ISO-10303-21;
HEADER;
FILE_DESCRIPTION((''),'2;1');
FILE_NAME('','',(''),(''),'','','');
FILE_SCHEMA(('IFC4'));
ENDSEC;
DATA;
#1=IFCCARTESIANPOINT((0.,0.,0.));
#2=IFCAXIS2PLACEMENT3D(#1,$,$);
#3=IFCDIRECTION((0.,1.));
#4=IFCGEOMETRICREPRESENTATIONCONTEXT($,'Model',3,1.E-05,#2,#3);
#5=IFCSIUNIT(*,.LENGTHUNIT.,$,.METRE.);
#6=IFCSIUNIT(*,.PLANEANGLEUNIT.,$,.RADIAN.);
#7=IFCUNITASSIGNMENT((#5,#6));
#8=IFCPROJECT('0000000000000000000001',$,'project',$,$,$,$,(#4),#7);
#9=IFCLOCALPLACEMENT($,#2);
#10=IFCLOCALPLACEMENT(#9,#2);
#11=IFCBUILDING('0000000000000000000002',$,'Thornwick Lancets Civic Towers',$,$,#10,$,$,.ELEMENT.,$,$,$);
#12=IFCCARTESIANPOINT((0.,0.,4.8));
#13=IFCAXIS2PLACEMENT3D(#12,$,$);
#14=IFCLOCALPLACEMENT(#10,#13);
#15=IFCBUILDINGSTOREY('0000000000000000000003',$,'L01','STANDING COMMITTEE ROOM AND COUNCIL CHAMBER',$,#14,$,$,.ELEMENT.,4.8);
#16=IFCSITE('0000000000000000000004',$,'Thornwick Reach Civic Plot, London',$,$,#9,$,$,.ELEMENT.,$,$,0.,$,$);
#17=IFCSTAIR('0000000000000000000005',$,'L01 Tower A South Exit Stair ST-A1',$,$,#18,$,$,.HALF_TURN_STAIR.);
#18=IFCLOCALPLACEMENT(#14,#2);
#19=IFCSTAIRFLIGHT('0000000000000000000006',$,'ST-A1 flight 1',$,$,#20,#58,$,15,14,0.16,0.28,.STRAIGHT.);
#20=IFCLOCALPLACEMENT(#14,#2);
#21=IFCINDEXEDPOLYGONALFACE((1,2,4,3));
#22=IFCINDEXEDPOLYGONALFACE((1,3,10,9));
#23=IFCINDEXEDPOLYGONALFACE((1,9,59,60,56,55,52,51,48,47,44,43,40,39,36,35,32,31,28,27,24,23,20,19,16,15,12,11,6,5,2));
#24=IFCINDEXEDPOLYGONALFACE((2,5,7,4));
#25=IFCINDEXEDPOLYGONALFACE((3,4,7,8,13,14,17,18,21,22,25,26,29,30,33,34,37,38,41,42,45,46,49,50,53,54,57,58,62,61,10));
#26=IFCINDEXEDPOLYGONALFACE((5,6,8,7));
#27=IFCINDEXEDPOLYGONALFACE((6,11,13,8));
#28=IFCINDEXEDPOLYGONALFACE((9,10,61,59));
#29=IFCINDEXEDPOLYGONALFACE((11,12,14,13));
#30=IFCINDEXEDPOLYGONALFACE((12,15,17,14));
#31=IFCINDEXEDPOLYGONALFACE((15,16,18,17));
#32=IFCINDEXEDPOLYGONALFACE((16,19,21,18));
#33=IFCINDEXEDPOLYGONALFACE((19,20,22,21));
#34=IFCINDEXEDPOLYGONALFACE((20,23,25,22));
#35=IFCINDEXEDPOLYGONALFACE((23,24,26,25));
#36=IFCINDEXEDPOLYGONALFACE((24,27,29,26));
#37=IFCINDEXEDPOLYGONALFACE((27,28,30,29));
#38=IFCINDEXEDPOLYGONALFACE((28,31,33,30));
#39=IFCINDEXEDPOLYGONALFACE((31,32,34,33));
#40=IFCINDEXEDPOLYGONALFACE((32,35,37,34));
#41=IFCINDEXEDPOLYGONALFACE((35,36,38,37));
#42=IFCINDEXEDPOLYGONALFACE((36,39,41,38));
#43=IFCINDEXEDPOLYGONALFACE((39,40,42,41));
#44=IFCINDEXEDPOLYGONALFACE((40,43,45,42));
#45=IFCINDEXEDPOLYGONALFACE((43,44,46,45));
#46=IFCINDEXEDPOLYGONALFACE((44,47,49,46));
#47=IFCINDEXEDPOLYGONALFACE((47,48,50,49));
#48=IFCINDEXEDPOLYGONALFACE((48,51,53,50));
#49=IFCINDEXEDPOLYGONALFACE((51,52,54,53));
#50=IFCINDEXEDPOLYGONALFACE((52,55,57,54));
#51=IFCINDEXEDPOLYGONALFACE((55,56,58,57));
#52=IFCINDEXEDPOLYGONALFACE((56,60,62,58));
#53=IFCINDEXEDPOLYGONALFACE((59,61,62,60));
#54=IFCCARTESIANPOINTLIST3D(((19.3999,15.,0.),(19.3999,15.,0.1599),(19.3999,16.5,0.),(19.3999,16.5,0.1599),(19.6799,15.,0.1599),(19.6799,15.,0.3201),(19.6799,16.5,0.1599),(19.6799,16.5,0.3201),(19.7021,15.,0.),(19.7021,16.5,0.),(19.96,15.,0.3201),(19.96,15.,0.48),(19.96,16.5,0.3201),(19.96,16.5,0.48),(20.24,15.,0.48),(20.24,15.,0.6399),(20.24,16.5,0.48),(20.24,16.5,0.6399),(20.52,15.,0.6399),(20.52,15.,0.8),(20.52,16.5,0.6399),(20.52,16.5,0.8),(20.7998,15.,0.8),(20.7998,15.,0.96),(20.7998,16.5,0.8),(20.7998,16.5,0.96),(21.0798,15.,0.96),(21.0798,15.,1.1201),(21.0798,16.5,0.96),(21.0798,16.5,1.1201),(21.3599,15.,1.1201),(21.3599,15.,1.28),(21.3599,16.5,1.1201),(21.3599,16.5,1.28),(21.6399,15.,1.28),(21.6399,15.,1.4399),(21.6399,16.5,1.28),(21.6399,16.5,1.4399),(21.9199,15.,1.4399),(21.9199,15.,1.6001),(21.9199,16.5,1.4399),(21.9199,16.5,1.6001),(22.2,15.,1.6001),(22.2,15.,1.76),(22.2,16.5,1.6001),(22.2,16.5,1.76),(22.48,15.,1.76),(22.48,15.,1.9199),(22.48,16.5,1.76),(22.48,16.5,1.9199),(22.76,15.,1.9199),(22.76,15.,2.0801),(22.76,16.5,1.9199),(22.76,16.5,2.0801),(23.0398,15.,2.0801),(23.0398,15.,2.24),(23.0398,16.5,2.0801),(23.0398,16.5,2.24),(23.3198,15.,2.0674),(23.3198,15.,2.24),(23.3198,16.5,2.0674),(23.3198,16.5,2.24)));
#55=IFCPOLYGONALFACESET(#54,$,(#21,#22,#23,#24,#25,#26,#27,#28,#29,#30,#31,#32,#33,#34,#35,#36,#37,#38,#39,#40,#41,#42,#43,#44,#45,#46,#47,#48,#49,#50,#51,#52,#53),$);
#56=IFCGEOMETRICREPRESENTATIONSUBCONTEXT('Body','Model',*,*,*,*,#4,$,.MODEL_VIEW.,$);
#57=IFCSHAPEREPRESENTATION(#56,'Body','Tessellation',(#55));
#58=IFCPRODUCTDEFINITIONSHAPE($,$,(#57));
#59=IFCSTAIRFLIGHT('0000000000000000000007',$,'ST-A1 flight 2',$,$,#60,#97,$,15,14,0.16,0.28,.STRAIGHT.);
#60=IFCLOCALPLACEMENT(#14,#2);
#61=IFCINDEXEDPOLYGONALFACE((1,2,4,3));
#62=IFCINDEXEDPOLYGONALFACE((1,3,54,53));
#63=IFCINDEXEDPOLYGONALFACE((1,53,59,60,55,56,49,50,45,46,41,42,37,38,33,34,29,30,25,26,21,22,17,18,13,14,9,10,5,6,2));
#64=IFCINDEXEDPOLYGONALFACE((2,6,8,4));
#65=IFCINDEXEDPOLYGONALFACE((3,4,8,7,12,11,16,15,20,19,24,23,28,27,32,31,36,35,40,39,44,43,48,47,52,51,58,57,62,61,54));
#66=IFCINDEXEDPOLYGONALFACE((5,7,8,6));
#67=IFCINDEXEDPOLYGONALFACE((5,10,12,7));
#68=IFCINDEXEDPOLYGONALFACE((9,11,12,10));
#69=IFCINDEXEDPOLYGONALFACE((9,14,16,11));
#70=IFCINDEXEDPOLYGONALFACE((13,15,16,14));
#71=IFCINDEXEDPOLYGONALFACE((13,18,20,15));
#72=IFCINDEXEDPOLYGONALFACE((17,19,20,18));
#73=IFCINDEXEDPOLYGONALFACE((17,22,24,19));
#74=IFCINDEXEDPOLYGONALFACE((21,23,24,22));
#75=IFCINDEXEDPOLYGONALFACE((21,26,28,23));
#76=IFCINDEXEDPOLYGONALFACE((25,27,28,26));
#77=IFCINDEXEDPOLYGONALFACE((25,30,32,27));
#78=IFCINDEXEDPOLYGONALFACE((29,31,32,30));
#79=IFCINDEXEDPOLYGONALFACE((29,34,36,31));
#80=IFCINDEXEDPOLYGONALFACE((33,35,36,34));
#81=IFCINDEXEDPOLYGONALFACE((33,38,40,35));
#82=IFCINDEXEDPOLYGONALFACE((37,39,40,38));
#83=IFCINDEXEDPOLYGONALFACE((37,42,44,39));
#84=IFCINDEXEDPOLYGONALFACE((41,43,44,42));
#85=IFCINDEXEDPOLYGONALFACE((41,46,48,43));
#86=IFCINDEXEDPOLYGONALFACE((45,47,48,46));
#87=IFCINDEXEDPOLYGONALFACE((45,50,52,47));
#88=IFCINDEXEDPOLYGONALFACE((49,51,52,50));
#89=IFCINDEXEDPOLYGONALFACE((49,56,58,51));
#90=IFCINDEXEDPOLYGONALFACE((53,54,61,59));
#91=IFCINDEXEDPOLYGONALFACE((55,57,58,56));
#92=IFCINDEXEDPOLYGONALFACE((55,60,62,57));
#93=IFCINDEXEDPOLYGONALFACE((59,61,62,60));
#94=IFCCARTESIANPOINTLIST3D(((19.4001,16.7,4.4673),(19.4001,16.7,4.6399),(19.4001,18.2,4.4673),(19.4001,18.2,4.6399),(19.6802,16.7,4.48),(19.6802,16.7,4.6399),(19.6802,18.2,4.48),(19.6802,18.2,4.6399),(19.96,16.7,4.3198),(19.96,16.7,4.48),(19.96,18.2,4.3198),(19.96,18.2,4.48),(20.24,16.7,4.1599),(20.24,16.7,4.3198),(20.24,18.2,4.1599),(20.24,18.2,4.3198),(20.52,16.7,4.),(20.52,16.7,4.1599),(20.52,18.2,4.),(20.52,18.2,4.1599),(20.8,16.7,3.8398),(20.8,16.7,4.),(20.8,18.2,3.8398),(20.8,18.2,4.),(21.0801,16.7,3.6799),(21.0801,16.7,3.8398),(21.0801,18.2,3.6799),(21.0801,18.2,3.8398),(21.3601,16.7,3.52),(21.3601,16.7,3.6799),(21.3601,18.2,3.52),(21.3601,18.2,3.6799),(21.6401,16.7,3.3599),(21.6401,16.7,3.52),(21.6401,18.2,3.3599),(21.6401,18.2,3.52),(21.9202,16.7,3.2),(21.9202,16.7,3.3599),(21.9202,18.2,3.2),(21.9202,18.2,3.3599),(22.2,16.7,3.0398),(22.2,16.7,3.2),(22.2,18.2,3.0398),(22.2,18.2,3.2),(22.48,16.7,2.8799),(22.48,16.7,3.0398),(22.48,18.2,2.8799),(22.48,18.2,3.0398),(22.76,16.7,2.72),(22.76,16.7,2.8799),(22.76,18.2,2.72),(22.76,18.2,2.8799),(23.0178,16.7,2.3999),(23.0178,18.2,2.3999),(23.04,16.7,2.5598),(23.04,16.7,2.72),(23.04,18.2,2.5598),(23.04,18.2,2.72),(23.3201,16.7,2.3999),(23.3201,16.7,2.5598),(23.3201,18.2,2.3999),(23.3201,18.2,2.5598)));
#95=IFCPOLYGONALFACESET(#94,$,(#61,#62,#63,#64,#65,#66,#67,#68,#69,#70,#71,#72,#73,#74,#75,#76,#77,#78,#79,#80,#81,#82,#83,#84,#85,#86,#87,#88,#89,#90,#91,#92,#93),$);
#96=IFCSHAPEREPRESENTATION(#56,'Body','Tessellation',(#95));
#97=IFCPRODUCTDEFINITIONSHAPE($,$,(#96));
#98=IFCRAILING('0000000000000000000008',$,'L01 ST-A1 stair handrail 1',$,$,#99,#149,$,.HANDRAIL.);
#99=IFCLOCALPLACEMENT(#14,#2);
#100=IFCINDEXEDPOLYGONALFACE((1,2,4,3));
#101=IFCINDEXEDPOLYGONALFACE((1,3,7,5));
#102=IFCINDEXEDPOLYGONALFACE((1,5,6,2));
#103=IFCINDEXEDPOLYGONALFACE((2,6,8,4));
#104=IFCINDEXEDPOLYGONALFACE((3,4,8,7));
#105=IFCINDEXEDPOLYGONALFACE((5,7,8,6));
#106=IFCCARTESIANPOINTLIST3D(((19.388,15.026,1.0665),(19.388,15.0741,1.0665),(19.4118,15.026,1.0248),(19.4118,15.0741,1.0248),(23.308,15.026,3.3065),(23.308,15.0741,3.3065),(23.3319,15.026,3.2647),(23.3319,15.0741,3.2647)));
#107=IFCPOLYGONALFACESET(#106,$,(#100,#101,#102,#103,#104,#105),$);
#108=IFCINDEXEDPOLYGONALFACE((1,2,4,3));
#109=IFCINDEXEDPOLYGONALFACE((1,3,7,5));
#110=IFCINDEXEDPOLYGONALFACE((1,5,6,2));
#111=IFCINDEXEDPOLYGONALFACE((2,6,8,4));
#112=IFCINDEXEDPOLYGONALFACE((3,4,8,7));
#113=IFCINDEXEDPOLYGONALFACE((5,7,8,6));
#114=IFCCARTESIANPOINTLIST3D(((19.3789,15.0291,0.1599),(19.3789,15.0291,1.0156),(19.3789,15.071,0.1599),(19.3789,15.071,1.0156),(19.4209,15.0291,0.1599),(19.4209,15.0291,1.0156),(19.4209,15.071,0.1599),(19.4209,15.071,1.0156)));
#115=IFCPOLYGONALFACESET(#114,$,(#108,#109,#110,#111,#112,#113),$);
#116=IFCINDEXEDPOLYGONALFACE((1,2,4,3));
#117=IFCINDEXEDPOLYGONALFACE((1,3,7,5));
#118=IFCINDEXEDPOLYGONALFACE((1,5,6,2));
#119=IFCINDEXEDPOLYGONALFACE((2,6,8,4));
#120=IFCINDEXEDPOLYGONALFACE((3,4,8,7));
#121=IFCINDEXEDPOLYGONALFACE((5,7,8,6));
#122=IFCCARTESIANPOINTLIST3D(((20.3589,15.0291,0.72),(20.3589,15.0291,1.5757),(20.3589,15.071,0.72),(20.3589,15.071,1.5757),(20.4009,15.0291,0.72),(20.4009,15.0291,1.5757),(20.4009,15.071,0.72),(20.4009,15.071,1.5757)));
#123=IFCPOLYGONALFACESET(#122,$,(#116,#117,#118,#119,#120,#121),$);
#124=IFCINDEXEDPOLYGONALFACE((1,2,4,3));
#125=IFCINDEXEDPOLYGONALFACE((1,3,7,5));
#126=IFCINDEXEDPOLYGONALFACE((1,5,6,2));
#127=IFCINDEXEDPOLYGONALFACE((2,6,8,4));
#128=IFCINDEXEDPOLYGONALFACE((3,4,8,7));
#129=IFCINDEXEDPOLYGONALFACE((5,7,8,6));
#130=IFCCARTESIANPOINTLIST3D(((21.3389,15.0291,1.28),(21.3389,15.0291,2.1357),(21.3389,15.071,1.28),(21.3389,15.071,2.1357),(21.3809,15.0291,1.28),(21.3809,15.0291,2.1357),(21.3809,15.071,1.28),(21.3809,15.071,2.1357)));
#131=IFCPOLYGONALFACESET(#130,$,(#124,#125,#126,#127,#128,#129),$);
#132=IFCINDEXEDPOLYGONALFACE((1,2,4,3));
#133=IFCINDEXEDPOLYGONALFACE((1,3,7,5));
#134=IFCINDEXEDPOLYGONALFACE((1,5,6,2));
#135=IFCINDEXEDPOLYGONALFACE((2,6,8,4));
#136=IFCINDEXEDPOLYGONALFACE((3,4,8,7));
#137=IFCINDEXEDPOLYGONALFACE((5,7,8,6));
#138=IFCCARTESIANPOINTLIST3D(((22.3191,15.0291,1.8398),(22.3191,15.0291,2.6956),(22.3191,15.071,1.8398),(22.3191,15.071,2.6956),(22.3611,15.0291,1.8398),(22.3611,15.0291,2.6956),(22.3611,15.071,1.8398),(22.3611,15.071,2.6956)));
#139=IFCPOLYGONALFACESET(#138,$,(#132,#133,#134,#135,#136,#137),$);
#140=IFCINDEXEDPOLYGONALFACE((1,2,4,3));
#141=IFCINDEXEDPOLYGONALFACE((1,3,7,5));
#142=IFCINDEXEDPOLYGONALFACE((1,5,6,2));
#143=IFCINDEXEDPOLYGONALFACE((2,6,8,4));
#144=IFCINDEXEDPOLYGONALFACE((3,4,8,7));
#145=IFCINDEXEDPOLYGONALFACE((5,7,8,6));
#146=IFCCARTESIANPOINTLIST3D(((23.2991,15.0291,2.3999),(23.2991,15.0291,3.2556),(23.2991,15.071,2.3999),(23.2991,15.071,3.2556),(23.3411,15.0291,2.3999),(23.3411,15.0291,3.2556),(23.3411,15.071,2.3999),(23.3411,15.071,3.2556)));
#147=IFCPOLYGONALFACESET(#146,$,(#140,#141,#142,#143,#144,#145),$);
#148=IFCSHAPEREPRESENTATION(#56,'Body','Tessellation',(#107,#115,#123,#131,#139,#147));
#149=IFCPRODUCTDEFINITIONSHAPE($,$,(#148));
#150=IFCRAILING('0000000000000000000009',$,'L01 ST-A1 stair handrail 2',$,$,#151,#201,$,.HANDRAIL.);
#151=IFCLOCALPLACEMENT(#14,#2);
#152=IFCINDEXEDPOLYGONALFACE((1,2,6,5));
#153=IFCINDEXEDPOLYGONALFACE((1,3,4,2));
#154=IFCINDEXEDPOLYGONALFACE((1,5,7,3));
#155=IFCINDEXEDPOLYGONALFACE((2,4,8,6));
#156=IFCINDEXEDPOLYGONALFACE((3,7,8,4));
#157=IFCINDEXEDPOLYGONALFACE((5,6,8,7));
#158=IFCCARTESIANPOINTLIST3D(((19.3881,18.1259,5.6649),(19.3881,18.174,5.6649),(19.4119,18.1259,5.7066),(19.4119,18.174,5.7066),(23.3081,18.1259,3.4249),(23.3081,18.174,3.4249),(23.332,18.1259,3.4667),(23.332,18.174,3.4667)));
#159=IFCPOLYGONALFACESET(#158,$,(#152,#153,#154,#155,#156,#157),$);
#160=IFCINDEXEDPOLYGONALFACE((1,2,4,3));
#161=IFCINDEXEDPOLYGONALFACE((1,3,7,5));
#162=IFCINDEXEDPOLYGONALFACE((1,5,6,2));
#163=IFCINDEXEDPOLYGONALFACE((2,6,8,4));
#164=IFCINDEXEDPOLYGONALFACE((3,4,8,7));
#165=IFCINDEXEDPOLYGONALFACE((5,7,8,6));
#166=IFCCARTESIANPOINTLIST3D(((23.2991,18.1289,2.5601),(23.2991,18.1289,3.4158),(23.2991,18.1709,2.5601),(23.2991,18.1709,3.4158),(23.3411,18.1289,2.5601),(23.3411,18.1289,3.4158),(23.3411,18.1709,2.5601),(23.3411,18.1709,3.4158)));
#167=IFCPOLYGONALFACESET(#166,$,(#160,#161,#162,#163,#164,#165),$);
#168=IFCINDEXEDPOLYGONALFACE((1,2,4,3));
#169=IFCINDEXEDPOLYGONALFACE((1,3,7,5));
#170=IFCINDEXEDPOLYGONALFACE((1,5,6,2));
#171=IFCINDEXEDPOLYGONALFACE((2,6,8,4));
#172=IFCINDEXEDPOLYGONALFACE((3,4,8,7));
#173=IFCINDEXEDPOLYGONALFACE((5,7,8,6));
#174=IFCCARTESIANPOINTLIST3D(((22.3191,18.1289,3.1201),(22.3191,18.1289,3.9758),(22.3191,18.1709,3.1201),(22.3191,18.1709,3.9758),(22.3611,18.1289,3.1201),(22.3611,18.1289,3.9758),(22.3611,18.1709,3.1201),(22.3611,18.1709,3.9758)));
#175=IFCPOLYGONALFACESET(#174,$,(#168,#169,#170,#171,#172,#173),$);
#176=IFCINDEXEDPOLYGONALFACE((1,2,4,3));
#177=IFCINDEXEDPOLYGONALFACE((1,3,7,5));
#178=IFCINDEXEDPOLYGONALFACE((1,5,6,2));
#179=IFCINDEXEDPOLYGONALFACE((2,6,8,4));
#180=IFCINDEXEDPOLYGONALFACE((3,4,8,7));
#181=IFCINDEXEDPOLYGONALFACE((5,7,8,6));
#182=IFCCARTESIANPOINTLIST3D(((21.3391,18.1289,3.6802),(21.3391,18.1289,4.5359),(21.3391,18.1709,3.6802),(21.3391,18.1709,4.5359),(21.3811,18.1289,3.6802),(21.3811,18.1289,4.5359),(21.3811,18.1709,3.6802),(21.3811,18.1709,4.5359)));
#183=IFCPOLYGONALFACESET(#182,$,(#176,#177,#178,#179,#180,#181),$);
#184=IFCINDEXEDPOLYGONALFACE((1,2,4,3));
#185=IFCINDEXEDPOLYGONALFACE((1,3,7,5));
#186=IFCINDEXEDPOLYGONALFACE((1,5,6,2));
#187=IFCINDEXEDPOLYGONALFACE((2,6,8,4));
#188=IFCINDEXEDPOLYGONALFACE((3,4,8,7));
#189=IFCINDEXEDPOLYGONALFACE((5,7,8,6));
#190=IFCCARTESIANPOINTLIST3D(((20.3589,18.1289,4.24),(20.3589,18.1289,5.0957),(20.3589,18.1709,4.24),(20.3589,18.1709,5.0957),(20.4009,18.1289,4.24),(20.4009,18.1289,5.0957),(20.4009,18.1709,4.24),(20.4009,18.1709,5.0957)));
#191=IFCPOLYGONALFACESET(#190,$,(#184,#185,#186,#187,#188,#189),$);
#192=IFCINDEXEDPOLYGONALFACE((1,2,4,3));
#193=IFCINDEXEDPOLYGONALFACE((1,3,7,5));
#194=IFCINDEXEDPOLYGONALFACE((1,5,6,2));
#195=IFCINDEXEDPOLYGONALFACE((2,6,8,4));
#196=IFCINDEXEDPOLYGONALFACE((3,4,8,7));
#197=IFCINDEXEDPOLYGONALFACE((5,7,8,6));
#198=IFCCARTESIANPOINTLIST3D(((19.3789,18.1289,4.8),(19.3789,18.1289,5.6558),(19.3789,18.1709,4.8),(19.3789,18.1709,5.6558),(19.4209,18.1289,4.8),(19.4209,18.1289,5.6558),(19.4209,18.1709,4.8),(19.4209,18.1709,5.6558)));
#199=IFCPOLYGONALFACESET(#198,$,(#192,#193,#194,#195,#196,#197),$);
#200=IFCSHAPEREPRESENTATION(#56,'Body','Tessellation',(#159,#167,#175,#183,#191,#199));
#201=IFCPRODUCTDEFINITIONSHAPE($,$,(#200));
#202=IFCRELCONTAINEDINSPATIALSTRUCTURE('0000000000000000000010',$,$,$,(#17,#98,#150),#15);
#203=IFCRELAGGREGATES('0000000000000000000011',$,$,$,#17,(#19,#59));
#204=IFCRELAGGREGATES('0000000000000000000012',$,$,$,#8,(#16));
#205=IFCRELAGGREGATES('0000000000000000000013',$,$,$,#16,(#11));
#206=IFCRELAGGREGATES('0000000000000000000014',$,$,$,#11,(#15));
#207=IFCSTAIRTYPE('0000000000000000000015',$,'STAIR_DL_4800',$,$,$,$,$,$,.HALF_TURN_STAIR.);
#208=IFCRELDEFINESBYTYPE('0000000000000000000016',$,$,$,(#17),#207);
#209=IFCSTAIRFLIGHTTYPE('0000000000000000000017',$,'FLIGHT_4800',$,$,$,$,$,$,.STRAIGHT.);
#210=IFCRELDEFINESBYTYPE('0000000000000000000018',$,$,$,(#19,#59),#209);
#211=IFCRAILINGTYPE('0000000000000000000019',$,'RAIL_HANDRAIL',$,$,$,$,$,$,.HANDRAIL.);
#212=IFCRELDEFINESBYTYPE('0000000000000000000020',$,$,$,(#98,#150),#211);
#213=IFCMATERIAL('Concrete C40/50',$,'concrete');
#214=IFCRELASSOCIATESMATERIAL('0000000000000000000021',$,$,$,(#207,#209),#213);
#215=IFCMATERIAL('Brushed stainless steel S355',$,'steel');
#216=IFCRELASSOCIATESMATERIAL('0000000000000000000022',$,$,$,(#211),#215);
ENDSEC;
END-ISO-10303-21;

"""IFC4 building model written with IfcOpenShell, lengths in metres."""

from ifc_helpers import new_model, si_unit, direction, frame, origin, origin_2d, place, context, subcontext, project, spatial, polyline, rectangle, outline, extrude, material, type_object, element, aggregate, save


model = new_model("IFC4")

# Units and contexts
model_context = context("Model", 3, precision=1e-05, world=origin(), true_north=direction((0.0, 1.0)))
body_context = subcontext(model_context, "Body", "Model", "MODEL_VIEW")
ifc_project = project(units=[si_unit("LENGTHUNIT", "METRE"), si_unit("PLANEANGLEUNIT", "RADIAN")], contexts=[model_context])

# Site, building, storey
site_placement = place(None, origin())
site = spatial("IfcSite", under=ifc_project, at=site_placement, Name="Thornwick Reach Civic Plot, London", CompositionType="ELEMENT", RefElevation=0.0)
building_placement = place(site_placement, origin())
building = spatial("IfcBuilding", under=site, at=building_placement, Name="Thornwick Lancets Civic Towers", CompositionType="ELEMENT")
storey_placement = place(building_placement, frame((0.0, 0.0, 4.8)))
storey = spatial("IfcBuildingStorey", under=building, at=storey_placement, Name="L01", Description="STANDING COMMITTEE ROOM AND COUNCIL CHAMBER", CompositionType="ELEMENT", Elevation=4.8)

# Shared definitions
ifc_material_1 = material(Name="Concrete C40/50", Category="concrete")

# Stair, stair flights
stair_type = type_object("IfcStairType", Name="STAIR_DL_4800", PredefinedType="HALF_TURN_STAIR", material=ifc_material_1)
stair_placement = place(storey_placement, origin())
stair = element("IfcStair", 1, at=stair_placement, inside=storey, type_object=stair_type, Name="L01 Tower A South Exit Stair ST-A1", PredefinedType="HALF_TURN_STAIR")
stair_flight_type = type_object("IfcStairFlightType", Name="FLIGHT_4800", PredefinedType="STRAIGHT", material=ifc_material_1)
stair_flight_1_placement = place(storey_placement, frame((19.3999, 15.75, 0.0), z_axis=(0.0, 0.0, 1.0), x_axis=(1.0, 0.0, 0.0)))
stair_flight_1 = element("IfcStairFlight", 2, at=stair_flight_1_placement, type_object=stair_flight_type, Name="ST-A1 flight 1", NumberOfRisers=15, NumberOfTreads=14, PredefinedType="STRAIGHT", RiserHeight=0.16, TreadLength=0.28, context=body_context, shape_type="SweptSolid", body=[
    extrude(outline(polyline([(0.0, 0.0), (0.0, 0.1599), (0.28, 0.1599), (0.28, 0.3201), (0.5601, 0.3201), (0.5601, 0.48), (0.8401, 0.48), (0.8401, 0.6399), (1.1201, 0.6399), (1.1201, 0.8), (1.3999, 0.8), (1.3999, 0.96), (1.6799, 0.96), (1.6799, 1.1201), (1.96, 1.1201), (1.96, 1.28), (2.24, 1.28), (2.24, 1.4399), (2.52, 1.4399), (2.52, 1.6001), (2.8, 1.6001), (2.8, 1.76), (3.0801, 1.76), (3.0801, 1.9199), (3.3601, 1.9199), (3.3601, 2.0801), (3.6399, 2.0801), (3.6399, 2.24), (3.9199, 2.24), (3.9199, 2.3999), (3.9199, 2.0674), (0.3022, 0.0), (0.0, 0.0)])), frame((0.0, 0.75, 0.0), z_axis=(0.0, -1.0, 0.0), x_axis=(1.0, 0.0, 0.0)), (0.0, 0.0, 1.0), 1.5),
])
stair_flight_2_placement = place(storey_placement, frame((23.3201, 17.45, 2.3999), z_axis=(0.0, 0.0, 1.0), x_axis=(-1.0, 0.0, 0.0)))
stair_flight_2 = element("IfcStairFlight", 3, at=stair_flight_2_placement, type_object=stair_flight_type, Name="ST-A1 flight 2", NumberOfRisers=15, NumberOfTreads=14, PredefinedType="STRAIGHT", RiserHeight=0.16, TreadLength=0.28, context=body_context, shape_type="SweptSolid", body=[
    extrude(outline(polyline([(0.0, 0.0), (0.0, 0.1599), (0.28, 0.1599), (0.28, 0.3201), (0.5601, 0.3201), (0.5601, 0.48), (0.8401, 0.48), (0.8401, 0.6399), (1.1201, 0.6399), (1.1201, 0.8), (1.3999, 0.8), (1.3999, 0.96), (1.6799, 0.96), (1.6799, 1.1201), (1.96, 1.1201), (1.96, 1.28), (2.24, 1.28), (2.24, 1.4399), (2.52, 1.4399), (2.52, 1.6001), (2.8, 1.6001), (2.8, 1.76), (3.0801, 1.76), (3.0801, 1.9199), (3.3601, 1.9199), (3.3601, 2.0801), (3.6399, 2.0801), (3.6399, 2.24), (3.9199, 2.24), (3.9199, 2.3999), (3.9199, 2.0674), (0.3022, 0.0), (0.0, 0.0)])), frame((0.0, 0.75, 0.0), z_axis=(0.0, -1.0, 0.0), x_axis=(1.0, 0.0, 0.0)), (0.0, 0.0, 1.0), 1.5),
])
aggregate(stair, [stair_flight_1, stair_flight_2])

# Railings
ifc_material_2 = material(Name="Brushed stainless steel S355", Category="steel")
railing_type_1 = type_object("IfcRailingType", Name="RAIL_HANDRAIL", PredefinedType="HANDRAIL", material=ifc_material_2)
railing_1_placement = place(storey_placement, frame((19.3999, 15.05, 0.1599)))
element("IfcRailing", 4, at=railing_1_placement, inside=storey, type_object=railing_type_1, Name="L01 ST-A1 stair handrail 1", PredefinedType="HANDRAIL", context=body_context, shape_type="SweptSolid", body=[
    extrude(rectangle(XDim=0.0481, YDim=0.0481, at=origin_2d()), frame((0.0, 0.0, 0.8857), z_axis=(0.868253, 0.0, 0.496121), x_axis=(0.0, 1.0, 0.0)), (0.0, 0.0, 1.0), 4.5149),
    extrude(rectangle(XDim=0.042, YDim=0.042, at=origin_2d()), origin(), (0.0, 0.0, 1.0), 0.8557),
    extrude(rectangle(XDim=0.042, YDim=0.042, at=origin_2d()), frame((0.98, 0.0, 0.5601)), (0.0, 0.0, 1.0), 0.8557),
    extrude(rectangle(XDim=0.042, YDim=0.042, at=origin_2d()), frame((1.96, 0.0, 1.1201)), (0.0, 0.0, 1.0), 0.8557),
    extrude(rectangle(XDim=0.042, YDim=0.042, at=origin_2d()), frame((2.9402, 0.0, 1.6799)), (0.0, 0.0, 1.0), 0.8557),
    extrude(rectangle(XDim=0.042, YDim=0.042, at=origin_2d()), frame((3.9202, 0.0, 2.24)), (0.0, 0.0, 1.0), 0.8557),
])
railing_2_placement = place(storey_placement, frame((23.3201, 18.1499, 2.5601)))
element("IfcRailing", 5, at=railing_2_placement, inside=storey, type_object=railing_type_1, Name="L01 ST-A1 stair handrail 2", PredefinedType="HANDRAIL", context=body_context, shape_type="SweptSolid", body=[
    extrude(rectangle(XDim=0.0481, YDim=0.0481, at=origin_2d()), frame((0.0, 0.0, 0.8857), z_axis=(-0.868253, 0.0, 0.496121), x_axis=(0.0, -1.0, 0.0)), (0.0, 0.0, 1.0), 4.5149),
    extrude(rectangle(XDim=0.042, YDim=0.042, at=origin_2d()), origin(), (0.0, 0.0, 1.0), 0.8557),
    extrude(rectangle(XDim=0.042, YDim=0.042, at=origin_2d()), frame((-0.98, 0.0, 0.5601)), (0.0, 0.0, 1.0), 0.8557),
    extrude(rectangle(XDim=0.042, YDim=0.042, at=origin_2d()), frame((-1.96, 0.0, 1.1201)), (0.0, 0.0, 1.0), 0.8557),
    extrude(rectangle(XDim=0.042, YDim=0.042, at=origin_2d()), frame((-2.9402, 0.0, 1.6799)), (0.0, 0.0, 1.0), 0.8557),
    extrude(rectangle(XDim=0.042, YDim=0.042, at=origin_2d()), frame((-3.9202, 0.0, 2.24)), (0.0, 0.0, 1.0), 0.8557),
])

save(model, "model.ifc")
